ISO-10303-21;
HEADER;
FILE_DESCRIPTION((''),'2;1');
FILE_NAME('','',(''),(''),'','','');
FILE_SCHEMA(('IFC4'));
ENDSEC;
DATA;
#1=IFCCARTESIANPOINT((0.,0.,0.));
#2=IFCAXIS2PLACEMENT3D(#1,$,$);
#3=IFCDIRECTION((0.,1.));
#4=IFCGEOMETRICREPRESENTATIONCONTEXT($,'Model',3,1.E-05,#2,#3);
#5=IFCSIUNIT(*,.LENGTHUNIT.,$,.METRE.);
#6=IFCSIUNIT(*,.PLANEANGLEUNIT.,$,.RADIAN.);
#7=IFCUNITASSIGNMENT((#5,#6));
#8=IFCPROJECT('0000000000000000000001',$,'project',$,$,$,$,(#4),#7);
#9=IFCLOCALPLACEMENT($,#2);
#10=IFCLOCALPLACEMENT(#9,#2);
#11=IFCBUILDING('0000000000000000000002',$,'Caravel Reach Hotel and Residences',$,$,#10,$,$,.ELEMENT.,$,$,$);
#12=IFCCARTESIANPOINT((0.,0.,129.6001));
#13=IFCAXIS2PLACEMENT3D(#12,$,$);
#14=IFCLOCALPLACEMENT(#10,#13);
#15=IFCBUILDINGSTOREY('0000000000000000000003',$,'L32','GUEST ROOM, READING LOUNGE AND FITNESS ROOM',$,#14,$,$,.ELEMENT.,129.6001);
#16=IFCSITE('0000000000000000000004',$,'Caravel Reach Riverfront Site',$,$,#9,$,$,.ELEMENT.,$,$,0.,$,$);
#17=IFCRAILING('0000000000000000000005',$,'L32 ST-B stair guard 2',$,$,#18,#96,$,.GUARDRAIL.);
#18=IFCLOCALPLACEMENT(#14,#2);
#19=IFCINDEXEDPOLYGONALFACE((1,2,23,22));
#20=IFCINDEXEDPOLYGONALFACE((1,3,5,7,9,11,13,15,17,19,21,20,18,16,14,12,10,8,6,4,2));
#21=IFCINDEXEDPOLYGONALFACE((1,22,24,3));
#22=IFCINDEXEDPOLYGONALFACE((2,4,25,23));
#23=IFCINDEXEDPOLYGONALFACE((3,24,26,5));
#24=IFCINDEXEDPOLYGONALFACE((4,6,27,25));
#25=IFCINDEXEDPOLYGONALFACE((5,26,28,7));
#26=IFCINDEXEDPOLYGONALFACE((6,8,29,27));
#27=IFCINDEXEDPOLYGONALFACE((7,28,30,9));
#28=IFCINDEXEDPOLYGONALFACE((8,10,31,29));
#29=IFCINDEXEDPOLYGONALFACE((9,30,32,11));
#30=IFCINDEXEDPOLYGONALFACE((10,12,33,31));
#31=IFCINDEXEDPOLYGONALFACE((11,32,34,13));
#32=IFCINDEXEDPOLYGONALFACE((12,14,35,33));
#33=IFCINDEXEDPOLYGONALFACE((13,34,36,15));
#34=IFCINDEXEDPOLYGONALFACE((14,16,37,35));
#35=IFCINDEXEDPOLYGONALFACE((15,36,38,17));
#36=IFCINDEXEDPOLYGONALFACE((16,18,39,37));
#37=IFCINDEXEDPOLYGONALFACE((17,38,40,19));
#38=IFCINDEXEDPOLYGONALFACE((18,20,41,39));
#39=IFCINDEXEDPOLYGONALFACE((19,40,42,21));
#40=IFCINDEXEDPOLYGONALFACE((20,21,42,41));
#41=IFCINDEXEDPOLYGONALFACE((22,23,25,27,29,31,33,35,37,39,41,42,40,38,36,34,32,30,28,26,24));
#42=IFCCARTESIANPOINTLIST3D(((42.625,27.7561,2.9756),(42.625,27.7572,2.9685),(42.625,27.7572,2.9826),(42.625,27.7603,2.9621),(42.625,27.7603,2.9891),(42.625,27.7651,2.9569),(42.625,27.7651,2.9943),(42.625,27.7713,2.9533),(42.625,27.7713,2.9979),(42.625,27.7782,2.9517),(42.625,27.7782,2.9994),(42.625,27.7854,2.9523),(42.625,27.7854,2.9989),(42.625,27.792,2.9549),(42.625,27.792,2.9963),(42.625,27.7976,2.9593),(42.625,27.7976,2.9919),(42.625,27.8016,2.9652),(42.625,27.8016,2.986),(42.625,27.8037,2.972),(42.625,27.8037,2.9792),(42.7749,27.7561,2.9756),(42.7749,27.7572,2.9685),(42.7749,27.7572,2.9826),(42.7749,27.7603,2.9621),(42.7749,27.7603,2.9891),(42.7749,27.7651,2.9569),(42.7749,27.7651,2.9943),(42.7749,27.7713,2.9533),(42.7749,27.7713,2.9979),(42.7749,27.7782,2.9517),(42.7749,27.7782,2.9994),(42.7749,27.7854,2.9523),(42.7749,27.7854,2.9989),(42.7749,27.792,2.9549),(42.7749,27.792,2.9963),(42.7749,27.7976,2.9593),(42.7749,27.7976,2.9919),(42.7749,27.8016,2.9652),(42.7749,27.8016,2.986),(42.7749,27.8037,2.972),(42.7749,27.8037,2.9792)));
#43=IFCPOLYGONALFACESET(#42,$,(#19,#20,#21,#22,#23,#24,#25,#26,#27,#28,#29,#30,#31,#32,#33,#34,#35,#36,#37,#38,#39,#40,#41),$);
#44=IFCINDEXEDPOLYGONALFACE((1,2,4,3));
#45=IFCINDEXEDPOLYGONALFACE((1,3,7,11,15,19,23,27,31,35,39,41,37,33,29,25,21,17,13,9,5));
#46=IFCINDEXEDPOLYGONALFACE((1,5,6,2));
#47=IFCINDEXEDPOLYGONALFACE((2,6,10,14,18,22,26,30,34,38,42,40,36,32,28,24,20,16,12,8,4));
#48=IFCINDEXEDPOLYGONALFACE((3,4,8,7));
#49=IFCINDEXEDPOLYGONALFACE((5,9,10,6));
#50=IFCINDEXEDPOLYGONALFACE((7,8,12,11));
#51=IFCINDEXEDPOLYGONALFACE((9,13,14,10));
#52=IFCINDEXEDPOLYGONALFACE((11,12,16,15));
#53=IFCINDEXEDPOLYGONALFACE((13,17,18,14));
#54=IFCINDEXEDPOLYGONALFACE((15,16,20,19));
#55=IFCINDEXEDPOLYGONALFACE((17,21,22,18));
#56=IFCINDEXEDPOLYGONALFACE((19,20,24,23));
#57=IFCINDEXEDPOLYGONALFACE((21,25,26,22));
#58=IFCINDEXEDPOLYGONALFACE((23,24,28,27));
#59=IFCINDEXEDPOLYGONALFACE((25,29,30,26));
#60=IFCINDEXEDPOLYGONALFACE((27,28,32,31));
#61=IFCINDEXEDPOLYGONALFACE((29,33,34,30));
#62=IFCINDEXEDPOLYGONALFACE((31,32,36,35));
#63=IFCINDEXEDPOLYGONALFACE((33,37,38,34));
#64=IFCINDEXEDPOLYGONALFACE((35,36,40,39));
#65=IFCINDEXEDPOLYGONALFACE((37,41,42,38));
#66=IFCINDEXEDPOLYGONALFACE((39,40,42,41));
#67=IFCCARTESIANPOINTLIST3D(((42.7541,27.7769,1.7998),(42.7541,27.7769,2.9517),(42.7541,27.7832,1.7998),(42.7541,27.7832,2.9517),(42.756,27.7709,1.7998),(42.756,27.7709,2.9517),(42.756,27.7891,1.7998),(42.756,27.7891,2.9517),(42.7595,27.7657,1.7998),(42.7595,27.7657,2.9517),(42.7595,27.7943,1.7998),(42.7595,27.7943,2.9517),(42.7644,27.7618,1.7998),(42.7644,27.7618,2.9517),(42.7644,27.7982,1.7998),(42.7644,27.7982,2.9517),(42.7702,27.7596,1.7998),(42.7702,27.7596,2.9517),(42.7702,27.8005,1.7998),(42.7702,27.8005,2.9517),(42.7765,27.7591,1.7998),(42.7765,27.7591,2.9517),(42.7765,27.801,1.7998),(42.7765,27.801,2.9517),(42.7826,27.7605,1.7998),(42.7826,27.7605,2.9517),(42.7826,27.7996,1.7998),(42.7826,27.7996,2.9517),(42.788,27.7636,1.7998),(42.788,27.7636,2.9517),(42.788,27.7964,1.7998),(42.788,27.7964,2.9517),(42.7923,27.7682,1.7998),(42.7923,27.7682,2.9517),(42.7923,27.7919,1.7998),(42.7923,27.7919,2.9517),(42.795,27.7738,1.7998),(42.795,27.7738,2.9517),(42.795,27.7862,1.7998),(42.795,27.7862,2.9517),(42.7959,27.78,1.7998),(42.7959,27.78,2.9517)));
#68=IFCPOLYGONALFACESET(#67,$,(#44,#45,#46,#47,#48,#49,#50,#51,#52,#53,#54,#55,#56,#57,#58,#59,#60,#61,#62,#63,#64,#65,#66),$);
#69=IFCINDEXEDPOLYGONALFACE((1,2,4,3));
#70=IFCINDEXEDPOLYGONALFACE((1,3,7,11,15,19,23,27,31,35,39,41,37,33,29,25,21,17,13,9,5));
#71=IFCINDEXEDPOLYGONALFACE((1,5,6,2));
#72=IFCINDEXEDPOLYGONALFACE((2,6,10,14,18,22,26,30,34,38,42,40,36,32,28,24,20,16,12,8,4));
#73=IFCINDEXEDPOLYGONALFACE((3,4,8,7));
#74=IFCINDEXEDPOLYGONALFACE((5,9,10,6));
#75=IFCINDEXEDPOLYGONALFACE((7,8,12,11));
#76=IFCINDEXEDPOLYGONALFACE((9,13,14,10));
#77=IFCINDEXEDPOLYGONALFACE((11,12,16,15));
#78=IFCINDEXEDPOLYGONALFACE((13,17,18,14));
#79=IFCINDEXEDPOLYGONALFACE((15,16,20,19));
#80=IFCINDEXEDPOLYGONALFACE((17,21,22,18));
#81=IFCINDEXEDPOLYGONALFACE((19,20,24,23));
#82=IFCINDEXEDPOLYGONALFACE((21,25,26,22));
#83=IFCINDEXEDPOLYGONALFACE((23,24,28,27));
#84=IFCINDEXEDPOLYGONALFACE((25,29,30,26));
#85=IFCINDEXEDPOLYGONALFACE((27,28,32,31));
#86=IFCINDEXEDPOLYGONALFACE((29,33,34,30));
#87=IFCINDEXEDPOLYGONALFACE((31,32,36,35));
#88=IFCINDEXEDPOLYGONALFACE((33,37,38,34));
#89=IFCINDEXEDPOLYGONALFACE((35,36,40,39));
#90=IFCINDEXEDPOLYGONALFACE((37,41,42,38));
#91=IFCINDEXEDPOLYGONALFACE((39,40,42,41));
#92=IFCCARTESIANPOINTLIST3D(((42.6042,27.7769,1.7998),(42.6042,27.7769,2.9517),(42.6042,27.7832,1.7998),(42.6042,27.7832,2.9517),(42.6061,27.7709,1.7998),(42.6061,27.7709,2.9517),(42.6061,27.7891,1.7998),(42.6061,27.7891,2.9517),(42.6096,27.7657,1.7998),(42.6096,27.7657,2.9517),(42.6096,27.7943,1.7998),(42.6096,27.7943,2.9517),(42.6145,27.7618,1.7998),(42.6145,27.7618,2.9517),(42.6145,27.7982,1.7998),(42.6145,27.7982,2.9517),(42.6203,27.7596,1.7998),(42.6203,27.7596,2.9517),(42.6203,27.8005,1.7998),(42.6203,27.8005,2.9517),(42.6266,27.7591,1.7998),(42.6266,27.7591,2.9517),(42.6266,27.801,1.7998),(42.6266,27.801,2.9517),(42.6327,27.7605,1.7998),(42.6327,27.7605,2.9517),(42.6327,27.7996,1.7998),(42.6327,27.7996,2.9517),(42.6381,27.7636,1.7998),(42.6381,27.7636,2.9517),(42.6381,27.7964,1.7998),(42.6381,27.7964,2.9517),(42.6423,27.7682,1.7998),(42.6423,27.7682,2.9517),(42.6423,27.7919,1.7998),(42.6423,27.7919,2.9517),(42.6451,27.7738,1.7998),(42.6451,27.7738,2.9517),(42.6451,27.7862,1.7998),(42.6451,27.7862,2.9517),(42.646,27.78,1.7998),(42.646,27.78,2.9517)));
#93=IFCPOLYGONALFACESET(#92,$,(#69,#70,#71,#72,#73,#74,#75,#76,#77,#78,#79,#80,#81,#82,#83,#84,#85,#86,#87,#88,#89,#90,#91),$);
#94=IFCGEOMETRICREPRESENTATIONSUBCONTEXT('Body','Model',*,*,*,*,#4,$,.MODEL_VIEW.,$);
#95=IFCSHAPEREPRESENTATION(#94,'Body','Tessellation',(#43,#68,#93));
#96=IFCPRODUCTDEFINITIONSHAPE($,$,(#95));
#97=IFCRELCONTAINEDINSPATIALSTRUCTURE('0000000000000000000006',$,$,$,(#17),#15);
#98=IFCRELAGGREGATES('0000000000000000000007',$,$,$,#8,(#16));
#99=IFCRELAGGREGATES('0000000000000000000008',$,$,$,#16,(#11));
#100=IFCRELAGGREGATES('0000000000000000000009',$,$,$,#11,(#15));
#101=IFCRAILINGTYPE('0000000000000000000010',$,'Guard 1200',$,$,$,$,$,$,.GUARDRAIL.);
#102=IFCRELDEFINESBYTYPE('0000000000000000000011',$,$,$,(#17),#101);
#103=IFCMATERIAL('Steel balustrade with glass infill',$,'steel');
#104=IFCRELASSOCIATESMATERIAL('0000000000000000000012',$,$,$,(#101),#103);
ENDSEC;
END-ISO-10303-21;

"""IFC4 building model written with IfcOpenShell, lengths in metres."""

from ifc_helpers import new_model, si_unit, direction, frame, origin, origin_2d, place, context, subcontext, project, spatial, circle, extrude, material, type_object, element, save


model = new_model("IFC4")

# Units and contexts
model_context = context("Model", 3, precision=1e-05, world=origin(), true_north=direction((0.0, 1.0)))
body_context = subcontext(model_context, "Body", "Model", "MODEL_VIEW")
ifc_project = project(units=[si_unit("LENGTHUNIT", "METRE"), si_unit("PLANEANGLEUNIT", "RADIAN")], contexts=[model_context])

# Site, building, storey
site_placement = place(None, origin())
site = spatial("IfcSite", under=ifc_project, at=site_placement, Name="Caravel Reach Riverfront Site", CompositionType="ELEMENT", RefElevation=0.0)
building_placement = place(site_placement, origin())
building = spatial("IfcBuilding", under=site, at=building_placement, Name="Caravel Reach Hotel and Residences", CompositionType="ELEMENT")
storey_placement = place(building_placement, frame((0.0, 0.0, 129.6001)))
storey = spatial("IfcBuildingStorey", under=building, at=storey_placement, Name="L32", Description="GUEST ROOM, READING LOUNGE AND FITNESS ROOM", CompositionType="ELEMENT", Elevation=129.6001)

# Railing
ifc_material_1 = material(Name="Steel balustrade with glass infill", Category="steel")
railing_type_1 = type_object("IfcRailingType", Name="Guard 1200", PredefinedType="GUARDRAIL", material=ifc_material_1)
railing_1_placement = place(storey_placement, frame((42.7749, 27.78, 1.7998)))
element("IfcRailing", 1, at=railing_1_placement, inside=storey, type_object=railing_type_1, Name="L32 ST-B stair guard 2", PredefinedType="GUARDRAIL", context=body_context, shape_type="SweptSolid", body=[
    extrude(circle(Radius=0.0239, at=origin_2d()), frame((0.0, 0.0, 1.1758), z_axis=(-1.0, 0.0, 0.0), x_axis=(0.0, -1.0, 0.0)), (0.0, 0.0, 1.0), 0.1499),
    extrude(circle(Radius=0.021, at=origin_2d()), origin(), (0.0, 0.0, 1.0), 1.1519),
    extrude(circle(Radius=0.021, at=origin_2d()), frame((-0.1499, 0.0, 0.0)), (0.0, 0.0, 1.0), 1.1519),
])

save(model, "model.ifc")
